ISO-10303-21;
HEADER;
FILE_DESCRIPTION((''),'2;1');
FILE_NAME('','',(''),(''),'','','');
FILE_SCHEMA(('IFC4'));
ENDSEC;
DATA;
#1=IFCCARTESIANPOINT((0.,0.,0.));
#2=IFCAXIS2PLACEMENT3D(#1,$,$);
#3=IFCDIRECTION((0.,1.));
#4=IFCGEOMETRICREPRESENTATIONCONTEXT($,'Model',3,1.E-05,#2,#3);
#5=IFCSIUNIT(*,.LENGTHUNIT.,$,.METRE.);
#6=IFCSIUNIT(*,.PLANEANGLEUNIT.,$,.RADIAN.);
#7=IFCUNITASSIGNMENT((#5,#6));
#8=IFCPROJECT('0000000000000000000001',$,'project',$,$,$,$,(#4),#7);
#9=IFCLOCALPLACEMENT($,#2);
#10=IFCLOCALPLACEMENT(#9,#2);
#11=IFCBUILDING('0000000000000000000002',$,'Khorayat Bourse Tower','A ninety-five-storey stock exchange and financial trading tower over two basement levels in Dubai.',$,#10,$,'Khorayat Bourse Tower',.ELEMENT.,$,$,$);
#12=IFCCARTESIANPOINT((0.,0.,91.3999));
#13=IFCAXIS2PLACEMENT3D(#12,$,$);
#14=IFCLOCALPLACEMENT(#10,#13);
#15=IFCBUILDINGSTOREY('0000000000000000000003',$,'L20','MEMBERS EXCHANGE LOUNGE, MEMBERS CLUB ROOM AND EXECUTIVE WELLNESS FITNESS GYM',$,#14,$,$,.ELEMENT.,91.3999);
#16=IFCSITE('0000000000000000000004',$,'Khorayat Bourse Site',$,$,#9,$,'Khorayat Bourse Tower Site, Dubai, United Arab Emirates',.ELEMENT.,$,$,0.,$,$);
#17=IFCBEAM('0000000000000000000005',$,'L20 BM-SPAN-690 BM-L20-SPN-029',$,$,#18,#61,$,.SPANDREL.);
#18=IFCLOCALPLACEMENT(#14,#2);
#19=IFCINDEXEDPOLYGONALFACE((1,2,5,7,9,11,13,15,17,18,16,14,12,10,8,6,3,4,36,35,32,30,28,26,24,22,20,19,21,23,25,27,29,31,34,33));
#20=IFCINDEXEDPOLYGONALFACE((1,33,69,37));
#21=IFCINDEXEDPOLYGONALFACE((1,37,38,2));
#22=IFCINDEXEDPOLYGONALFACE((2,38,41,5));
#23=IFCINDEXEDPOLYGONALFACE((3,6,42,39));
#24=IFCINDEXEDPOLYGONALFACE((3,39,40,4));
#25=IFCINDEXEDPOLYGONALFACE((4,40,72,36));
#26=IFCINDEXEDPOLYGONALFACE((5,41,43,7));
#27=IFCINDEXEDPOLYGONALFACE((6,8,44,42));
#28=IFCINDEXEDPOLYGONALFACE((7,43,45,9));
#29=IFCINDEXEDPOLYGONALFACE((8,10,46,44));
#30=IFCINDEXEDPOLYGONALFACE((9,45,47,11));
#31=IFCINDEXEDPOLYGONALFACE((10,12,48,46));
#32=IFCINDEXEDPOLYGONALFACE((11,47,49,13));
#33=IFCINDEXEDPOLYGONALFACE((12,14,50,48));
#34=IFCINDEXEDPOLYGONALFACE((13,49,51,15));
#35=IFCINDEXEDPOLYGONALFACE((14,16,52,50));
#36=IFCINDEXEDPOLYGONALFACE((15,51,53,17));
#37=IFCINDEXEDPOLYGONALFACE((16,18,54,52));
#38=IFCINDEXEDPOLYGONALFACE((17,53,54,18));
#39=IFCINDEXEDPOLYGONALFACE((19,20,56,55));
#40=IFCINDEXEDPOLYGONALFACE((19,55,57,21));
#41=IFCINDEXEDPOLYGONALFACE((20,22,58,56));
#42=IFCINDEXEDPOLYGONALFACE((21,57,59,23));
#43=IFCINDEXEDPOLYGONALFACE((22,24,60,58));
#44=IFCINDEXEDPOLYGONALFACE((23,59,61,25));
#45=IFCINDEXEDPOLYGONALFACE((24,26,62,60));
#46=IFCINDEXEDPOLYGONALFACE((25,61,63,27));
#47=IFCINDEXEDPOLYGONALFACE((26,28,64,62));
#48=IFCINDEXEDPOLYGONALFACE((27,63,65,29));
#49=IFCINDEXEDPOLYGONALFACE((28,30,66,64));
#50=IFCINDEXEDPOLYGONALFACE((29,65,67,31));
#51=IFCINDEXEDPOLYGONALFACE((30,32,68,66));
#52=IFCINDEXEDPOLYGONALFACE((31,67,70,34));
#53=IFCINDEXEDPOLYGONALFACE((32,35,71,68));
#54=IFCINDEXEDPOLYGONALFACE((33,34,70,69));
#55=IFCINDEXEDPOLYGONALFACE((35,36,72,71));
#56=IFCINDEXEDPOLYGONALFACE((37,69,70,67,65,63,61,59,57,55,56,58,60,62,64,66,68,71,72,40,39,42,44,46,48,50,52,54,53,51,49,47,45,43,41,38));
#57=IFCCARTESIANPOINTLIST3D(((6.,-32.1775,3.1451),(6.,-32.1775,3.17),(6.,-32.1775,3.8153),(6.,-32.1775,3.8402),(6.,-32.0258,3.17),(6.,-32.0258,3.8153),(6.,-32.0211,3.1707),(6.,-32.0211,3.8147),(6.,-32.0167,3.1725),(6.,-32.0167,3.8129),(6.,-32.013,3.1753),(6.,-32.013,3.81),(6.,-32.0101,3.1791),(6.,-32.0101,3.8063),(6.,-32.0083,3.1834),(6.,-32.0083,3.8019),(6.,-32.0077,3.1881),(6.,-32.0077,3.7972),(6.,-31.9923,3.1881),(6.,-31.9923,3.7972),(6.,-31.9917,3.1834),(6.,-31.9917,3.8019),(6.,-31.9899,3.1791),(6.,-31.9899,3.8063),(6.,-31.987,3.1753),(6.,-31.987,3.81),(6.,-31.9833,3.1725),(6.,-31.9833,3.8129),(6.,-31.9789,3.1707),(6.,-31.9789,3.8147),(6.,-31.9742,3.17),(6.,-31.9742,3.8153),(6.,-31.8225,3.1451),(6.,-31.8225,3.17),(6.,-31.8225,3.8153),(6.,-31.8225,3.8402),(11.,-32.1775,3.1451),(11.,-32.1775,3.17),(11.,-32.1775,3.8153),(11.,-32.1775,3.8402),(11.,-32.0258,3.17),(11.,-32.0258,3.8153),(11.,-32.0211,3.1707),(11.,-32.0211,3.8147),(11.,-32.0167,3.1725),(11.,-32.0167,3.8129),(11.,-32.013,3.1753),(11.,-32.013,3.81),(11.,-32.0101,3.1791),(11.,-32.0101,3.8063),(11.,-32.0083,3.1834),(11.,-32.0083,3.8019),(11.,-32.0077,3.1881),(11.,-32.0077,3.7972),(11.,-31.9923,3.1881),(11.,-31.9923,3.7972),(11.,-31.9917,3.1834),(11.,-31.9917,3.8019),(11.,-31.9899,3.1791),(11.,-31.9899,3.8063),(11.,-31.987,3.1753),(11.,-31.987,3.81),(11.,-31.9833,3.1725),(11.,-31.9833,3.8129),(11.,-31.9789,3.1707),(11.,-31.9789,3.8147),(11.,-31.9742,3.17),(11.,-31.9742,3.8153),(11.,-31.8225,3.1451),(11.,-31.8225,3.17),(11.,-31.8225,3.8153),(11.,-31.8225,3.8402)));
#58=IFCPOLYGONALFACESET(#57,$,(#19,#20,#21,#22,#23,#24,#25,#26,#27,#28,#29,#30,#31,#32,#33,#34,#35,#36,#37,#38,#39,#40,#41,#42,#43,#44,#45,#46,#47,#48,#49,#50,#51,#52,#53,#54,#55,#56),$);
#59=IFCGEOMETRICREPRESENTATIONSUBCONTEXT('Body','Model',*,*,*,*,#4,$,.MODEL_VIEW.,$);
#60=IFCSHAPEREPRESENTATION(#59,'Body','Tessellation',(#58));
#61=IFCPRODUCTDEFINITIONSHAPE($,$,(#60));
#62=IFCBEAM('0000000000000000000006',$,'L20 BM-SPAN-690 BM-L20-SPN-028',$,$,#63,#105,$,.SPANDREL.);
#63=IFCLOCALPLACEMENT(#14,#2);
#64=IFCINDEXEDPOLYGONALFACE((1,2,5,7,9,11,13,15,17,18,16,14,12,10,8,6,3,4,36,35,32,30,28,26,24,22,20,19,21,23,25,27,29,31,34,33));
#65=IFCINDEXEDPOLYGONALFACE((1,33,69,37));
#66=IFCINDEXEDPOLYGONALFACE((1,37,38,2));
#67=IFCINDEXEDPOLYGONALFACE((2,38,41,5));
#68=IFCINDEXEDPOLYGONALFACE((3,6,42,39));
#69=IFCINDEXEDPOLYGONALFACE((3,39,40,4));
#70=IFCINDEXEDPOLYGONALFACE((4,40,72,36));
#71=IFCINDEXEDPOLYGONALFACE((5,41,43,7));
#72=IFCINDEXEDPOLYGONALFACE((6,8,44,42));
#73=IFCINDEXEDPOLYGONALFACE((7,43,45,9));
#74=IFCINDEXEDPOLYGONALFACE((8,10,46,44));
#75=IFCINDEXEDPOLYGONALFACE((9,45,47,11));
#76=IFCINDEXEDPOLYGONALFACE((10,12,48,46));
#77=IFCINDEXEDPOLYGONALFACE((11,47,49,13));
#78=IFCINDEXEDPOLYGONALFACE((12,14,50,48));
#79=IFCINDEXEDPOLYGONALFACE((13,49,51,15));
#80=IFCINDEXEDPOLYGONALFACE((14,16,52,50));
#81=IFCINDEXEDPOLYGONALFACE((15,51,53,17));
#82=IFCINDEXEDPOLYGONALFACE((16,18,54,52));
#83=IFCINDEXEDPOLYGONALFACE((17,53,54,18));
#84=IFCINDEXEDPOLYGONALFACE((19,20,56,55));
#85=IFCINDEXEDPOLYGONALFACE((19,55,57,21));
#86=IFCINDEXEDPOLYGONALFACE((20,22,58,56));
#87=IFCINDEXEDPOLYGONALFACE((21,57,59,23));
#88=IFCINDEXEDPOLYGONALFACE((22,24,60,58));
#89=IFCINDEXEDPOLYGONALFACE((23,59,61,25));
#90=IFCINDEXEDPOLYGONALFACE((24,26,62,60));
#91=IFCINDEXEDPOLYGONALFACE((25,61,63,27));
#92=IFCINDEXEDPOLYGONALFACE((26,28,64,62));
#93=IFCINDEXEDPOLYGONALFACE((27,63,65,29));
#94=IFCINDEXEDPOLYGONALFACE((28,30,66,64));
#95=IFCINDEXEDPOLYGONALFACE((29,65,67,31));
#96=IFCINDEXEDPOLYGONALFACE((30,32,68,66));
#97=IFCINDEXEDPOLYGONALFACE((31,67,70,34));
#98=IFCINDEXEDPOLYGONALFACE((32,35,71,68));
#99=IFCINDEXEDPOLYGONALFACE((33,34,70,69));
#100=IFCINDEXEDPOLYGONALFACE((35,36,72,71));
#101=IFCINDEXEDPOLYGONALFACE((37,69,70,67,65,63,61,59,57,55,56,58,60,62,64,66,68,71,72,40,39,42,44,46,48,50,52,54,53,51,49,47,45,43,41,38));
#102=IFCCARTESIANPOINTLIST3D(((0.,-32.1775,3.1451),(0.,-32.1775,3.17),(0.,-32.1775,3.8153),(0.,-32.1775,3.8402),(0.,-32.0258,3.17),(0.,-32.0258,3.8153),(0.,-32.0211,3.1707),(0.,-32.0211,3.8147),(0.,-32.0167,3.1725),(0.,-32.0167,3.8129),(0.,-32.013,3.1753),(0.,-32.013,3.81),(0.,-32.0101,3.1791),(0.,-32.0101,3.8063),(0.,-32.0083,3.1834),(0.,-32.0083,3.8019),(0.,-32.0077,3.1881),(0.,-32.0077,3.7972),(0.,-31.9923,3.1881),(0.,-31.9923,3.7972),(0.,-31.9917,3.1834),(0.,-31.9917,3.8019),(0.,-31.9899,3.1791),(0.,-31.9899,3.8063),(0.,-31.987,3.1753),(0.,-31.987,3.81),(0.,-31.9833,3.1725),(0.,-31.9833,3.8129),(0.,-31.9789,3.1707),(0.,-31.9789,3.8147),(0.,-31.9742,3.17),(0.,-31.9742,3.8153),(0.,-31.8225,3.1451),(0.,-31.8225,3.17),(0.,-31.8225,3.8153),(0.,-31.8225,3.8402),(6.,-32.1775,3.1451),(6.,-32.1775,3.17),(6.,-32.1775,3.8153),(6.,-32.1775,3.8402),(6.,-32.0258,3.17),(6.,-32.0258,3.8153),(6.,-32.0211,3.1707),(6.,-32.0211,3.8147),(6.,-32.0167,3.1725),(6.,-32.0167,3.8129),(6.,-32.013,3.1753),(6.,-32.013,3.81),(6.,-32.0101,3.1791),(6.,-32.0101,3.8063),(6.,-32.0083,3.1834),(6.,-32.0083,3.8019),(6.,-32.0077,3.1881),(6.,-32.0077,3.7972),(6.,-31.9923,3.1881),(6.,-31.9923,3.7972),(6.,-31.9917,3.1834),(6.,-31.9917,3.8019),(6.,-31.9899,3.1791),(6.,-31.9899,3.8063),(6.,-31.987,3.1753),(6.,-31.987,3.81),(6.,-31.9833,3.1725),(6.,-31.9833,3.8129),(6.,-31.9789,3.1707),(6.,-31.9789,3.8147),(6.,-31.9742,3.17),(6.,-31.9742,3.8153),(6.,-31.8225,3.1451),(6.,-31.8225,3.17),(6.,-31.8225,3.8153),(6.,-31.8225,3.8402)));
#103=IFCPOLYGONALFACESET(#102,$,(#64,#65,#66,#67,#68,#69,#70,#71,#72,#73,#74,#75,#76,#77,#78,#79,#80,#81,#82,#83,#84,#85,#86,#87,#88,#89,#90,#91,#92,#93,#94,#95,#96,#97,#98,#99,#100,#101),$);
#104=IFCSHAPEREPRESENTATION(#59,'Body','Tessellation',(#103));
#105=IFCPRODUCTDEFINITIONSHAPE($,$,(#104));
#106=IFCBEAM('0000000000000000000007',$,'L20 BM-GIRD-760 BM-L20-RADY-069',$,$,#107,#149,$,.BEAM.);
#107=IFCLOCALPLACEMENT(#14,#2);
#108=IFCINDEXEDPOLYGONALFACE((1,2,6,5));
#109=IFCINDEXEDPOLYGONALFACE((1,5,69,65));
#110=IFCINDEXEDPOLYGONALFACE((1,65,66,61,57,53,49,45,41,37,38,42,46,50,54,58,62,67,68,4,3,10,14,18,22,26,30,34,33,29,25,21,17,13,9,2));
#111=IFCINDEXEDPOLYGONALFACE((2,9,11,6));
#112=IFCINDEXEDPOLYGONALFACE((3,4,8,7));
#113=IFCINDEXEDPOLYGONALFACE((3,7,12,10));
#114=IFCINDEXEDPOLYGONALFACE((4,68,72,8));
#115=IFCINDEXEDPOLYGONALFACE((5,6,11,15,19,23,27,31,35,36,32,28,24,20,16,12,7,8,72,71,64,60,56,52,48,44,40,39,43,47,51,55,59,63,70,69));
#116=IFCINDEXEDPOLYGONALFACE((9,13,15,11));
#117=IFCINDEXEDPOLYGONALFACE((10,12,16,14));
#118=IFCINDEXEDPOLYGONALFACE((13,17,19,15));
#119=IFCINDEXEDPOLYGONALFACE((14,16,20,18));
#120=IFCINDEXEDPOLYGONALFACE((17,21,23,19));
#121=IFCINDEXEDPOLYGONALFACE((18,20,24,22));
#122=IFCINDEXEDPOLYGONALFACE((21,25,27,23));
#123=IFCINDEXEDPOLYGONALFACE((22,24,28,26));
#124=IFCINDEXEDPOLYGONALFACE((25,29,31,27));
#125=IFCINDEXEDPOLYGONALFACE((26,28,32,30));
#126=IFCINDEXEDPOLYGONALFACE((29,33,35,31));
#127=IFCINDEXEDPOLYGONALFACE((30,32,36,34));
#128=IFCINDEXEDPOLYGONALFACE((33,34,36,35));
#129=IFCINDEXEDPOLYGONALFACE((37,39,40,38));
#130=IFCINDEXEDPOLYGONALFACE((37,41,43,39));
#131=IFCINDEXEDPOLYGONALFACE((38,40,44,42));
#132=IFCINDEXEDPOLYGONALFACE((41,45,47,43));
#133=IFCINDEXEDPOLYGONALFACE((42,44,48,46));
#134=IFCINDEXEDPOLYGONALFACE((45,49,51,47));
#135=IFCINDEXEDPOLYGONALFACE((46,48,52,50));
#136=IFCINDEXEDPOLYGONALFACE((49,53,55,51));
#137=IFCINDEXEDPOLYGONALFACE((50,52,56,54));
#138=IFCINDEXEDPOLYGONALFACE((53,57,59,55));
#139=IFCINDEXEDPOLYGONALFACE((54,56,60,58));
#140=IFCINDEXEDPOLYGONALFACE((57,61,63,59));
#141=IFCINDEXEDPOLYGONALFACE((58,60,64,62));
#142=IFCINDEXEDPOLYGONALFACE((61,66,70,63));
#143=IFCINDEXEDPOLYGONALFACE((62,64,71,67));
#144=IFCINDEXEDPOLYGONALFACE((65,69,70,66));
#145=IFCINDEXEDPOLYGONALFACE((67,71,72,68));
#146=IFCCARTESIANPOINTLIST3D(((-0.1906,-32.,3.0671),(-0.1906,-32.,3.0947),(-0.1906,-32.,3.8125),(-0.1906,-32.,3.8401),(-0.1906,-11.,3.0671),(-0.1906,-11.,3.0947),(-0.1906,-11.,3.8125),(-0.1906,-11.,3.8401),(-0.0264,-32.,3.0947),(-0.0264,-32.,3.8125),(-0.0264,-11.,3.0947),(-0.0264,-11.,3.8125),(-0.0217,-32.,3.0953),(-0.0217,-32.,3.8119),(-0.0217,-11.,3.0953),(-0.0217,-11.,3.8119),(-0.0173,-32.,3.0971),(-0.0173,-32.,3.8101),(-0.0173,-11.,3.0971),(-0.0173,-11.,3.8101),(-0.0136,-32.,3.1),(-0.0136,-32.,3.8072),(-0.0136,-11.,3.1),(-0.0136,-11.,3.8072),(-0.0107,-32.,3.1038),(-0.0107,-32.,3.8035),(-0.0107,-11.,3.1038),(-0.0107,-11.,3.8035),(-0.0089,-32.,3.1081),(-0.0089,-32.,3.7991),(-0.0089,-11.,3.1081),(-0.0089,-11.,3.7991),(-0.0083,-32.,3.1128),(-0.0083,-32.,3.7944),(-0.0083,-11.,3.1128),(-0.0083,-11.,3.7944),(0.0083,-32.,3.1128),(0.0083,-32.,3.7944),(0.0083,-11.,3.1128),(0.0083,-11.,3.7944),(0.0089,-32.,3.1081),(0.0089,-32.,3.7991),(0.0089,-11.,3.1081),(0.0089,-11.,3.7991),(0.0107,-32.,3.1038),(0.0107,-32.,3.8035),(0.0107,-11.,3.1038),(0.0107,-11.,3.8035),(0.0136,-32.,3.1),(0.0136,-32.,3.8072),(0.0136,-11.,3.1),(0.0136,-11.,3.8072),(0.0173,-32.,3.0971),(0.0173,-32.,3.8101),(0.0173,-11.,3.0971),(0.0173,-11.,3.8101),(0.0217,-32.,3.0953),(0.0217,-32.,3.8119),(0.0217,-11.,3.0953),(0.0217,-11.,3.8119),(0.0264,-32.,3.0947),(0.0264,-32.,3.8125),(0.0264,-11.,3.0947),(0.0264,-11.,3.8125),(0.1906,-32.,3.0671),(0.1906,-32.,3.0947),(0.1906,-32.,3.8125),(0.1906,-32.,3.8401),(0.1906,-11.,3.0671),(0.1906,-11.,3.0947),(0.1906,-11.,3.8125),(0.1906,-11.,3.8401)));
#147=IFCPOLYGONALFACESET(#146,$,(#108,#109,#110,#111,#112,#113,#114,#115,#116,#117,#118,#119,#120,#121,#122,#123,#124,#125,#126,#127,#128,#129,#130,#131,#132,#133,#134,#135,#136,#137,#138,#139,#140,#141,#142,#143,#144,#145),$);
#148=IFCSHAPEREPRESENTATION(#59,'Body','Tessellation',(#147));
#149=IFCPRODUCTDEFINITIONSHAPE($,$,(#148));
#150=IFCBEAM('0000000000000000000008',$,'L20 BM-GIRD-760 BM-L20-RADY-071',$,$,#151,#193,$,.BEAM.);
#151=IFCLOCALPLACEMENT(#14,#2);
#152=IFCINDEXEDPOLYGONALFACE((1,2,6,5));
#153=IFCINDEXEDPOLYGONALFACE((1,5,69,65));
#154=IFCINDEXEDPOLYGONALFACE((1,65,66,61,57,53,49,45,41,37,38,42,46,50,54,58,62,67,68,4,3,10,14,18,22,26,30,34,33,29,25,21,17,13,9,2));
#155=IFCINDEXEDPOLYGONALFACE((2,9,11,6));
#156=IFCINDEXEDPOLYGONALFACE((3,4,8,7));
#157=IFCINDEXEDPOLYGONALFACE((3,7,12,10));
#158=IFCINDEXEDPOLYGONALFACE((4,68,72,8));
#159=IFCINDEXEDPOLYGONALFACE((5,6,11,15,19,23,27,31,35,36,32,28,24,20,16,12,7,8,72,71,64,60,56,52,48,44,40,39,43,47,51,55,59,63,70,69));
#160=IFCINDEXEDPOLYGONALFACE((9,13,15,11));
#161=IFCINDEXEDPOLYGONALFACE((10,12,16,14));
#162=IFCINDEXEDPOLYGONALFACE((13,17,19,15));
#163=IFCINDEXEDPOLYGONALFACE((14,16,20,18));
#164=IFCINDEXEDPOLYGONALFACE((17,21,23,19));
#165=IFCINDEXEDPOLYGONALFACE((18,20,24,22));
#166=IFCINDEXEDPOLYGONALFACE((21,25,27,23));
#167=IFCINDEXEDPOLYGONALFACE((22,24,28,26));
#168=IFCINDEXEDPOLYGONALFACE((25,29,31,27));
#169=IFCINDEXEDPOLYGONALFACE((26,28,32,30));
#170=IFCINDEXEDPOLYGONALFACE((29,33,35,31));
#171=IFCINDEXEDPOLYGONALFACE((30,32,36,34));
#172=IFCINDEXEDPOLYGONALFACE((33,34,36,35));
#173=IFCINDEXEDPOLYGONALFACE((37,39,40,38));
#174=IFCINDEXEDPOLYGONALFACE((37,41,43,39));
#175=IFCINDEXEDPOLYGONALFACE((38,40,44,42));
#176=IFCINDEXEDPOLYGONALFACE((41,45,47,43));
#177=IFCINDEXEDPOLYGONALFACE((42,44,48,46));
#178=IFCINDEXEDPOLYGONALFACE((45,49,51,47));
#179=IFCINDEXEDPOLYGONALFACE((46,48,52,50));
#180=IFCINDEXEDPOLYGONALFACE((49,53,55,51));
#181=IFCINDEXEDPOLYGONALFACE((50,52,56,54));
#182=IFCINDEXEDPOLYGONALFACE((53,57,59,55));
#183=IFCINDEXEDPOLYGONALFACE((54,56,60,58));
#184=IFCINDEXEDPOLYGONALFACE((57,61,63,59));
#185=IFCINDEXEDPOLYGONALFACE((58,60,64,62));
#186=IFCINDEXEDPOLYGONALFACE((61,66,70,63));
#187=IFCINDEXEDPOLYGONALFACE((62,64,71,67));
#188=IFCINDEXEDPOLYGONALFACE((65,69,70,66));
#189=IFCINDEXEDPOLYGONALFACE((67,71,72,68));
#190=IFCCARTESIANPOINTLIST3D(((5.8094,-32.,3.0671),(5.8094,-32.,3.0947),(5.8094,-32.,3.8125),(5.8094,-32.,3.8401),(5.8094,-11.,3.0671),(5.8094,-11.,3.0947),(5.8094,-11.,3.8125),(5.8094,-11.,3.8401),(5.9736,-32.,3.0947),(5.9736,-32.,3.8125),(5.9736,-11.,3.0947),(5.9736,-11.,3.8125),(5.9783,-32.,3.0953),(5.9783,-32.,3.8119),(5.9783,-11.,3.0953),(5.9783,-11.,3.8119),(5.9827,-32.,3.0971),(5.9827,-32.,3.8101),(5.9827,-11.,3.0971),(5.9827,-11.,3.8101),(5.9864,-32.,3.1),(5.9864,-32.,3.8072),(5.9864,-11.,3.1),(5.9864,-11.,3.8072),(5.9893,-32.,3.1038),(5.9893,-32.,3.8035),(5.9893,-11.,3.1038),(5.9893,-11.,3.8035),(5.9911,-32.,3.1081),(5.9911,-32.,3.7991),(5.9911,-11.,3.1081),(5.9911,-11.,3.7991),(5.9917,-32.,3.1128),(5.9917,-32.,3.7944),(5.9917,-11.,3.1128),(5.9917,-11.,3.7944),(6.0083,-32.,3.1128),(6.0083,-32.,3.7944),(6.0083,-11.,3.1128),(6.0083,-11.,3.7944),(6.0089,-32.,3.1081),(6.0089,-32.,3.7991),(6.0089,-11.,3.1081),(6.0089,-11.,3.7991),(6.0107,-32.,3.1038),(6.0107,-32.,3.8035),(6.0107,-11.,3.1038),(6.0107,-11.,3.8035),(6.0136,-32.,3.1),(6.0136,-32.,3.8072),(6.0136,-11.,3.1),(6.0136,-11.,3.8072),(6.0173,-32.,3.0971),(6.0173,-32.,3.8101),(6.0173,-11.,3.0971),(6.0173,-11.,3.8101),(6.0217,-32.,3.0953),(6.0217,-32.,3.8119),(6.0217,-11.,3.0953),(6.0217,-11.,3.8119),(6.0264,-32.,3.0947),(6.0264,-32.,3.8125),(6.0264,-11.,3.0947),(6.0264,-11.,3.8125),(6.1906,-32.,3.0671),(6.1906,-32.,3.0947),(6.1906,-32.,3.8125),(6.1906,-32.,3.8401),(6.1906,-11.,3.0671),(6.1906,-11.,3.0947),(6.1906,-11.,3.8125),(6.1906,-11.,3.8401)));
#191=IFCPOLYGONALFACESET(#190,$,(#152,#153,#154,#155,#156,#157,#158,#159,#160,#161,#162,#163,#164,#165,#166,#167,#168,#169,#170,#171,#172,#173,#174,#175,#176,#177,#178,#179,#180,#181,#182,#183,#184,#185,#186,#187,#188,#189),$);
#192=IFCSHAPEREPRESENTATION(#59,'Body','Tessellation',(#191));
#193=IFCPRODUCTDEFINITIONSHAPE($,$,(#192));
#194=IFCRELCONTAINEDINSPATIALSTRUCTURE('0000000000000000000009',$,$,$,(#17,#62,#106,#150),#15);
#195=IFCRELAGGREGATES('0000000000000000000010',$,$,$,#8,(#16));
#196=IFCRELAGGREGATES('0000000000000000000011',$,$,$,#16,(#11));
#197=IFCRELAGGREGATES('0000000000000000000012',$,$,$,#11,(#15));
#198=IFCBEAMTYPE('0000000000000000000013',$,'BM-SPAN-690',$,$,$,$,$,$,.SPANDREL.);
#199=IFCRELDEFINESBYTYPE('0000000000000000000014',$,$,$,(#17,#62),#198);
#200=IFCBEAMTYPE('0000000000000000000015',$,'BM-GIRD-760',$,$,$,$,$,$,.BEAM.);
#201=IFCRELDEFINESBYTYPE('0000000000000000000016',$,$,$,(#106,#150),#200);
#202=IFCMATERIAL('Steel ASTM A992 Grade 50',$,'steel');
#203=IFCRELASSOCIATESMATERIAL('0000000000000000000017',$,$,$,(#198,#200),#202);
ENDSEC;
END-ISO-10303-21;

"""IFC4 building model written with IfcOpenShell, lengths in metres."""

from ifc_helpers import new_model, si_unit, direction, frame, origin, origin_2d, place, context, subcontext, project, spatial, i_section, extrude, source, transform, mapped, material, material_profile, profile_set, type_object, element, save


model = new_model("IFC4")

# Units and contexts
model_context = context("Model", 3, precision=1e-05, world=origin(), true_north=direction((0.0, 1.0)))
body_context = subcontext(model_context, "Body", "Model", "MODEL_VIEW")
ifc_project = project(units=[si_unit("LENGTHUNIT", "METRE"), si_unit("PLANEANGLEUNIT", "RADIAN")], contexts=[model_context])

# Site, building, storey
site_placement = place(None, origin())
site = spatial("IfcSite", under=ifc_project, at=site_placement, Name="Khorayat Bourse Site", LongName="Khorayat Bourse Tower Site, Dubai, United Arab Emirates", CompositionType="ELEMENT", RefElevation=0.0)
building_placement = place(site_placement, origin())
building = spatial("IfcBuilding", under=site, at=building_placement, Name="Khorayat Bourse Tower", Description="A ninety-five-storey stock exchange and financial trading tower over two basement levels in Dubai.", LongName="Khorayat Bourse Tower", CompositionType="ELEMENT")
storey_placement = place(building_placement, frame((0.0, 0.0, 91.3999)))
storey = spatial("IfcBuildingStorey", under=building, at=storey_placement, Name="L20", Description="MEMBERS EXCHANGE LOUNGE, MEMBERS CLUB ROOM AND EXECUTIVE WELLNESS FITNESS GYM", CompositionType="ELEMENT", Elevation=91.3999)

# Beams
ifc_material_1 = material(Name="Steel ASTM A992 Grade 50", Category="steel")
ifc_material_profile_1 = material_profile(ifc_material_1, i_section(OverallWidth=0.355, OverallDepth=0.6951, WebThickness=0.0154, FlangeThickness=0.0249, FilletRadius=0.0181, at=origin_2d()), Name="W690X217")
ifc_profile_set_1 = profile_set([ifc_material_profile_1], Name="Steel ASTM A992 Grade 50")
beam_type_1 = type_object("IfcBeamType", Name="BM-SPAN-690", PredefinedType="SPANDREL", material=ifc_profile_set_1)
shared_shape_1 = source(origin(), body_context, "Body", "SweptSolid", [
    extrude(i_section(OverallWidth=0.355, OverallDepth=0.6951, WebThickness=0.0154, FlangeThickness=0.0249, FilletRadius=0.0181, at=origin_2d()), origin(), (0.0, 0.0, 1.0), 5.0),
])
beam_1_placement = place(storey_placement, frame((6.0, -32.0, 3.4927), z_axis=(1.0, 0.0, 0.0), x_axis=(0.0, 1.0, 0.0)))
element("IfcBeam", 1, at=beam_1_placement, inside=storey, type_object=beam_type_1, Name="L20 BM-SPAN-690 BM-L20-SPN-029", PredefinedType="SPANDREL", context=body_context, shape_type="MappedRepresentation", body=[
    mapped(shared_shape_1, transform((0.0, 0.0, 0.0), scale=1.0)),
])
shared_shape_2 = source(origin(), body_context, "Body", "SweptSolid", [
    extrude(i_section(OverallWidth=0.355, OverallDepth=0.6951, WebThickness=0.0154, FlangeThickness=0.0249, FilletRadius=0.0181, at=origin_2d()), origin(), (0.0, 0.0, 1.0), 6.0),
])
beam_2_placement = place(storey_placement, frame((0.0, -32.0, 3.4927), z_axis=(1.0, 0.0, 0.0), x_axis=(0.0, 1.0, 0.0)))
element("IfcBeam", 2, at=beam_2_placement, inside=storey, type_object=beam_type_1, Name="L20 BM-SPAN-690 BM-L20-SPN-028", PredefinedType="SPANDREL", context=body_context, shape_type="MappedRepresentation", body=[
    mapped(shared_shape_2, transform((0.0, 0.0, 0.0), scale=1.0)),
])
ifc_material_profile_2 = material_profile(ifc_material_1, i_section(OverallWidth=0.3811, OverallDepth=0.7729, WebThickness=0.0166, FlangeThickness=0.0276, FilletRadius=0.0181, at=origin_2d()), Name="W760X257")
ifc_profile_set_2 = profile_set([ifc_material_profile_2], Name="Steel ASTM A992 Grade 50")
beam_type_2 = type_object("IfcBeamType", Name="BM-GIRD-760", PredefinedType="BEAM", material=ifc_profile_set_2)
shared_shape_3 = source(origin(), body_context, "Body", "SweptSolid", [
    extrude(i_section(OverallWidth=0.3811, OverallDepth=0.7729, WebThickness=0.0166, FlangeThickness=0.0276, FilletRadius=0.0181, at=origin_2d()), origin(), (0.0, 0.0, 1.0), 21.0),
])
for number, where, z_axis, x_axis, name in (
    (3, (0.0, -32.0, 3.4536), (0.0, 1.0, 0.0), (-1.0, 0.0, 0.0), "L20 BM-GIRD-760 BM-L20-RADY-069"),
    (4, (6.0, -32.0, 3.4536), (0.0, 1.0, 0.0), (-1.0, 0.0, 0.0), "L20 BM-GIRD-760 BM-L20-RADY-071"),
):
    element("IfcBeam", number, at=place(storey_placement, frame(where, z_axis=z_axis, x_axis=x_axis)), inside=storey, type_object=beam_type_2, Name=name, PredefinedType="BEAM", context=body_context, shape_type="MappedRepresentation", body=[
        mapped(shared_shape_3, transform((0.0, 0.0, 0.0), scale=1.0)),
    ])

save(model, "model.ifc")
